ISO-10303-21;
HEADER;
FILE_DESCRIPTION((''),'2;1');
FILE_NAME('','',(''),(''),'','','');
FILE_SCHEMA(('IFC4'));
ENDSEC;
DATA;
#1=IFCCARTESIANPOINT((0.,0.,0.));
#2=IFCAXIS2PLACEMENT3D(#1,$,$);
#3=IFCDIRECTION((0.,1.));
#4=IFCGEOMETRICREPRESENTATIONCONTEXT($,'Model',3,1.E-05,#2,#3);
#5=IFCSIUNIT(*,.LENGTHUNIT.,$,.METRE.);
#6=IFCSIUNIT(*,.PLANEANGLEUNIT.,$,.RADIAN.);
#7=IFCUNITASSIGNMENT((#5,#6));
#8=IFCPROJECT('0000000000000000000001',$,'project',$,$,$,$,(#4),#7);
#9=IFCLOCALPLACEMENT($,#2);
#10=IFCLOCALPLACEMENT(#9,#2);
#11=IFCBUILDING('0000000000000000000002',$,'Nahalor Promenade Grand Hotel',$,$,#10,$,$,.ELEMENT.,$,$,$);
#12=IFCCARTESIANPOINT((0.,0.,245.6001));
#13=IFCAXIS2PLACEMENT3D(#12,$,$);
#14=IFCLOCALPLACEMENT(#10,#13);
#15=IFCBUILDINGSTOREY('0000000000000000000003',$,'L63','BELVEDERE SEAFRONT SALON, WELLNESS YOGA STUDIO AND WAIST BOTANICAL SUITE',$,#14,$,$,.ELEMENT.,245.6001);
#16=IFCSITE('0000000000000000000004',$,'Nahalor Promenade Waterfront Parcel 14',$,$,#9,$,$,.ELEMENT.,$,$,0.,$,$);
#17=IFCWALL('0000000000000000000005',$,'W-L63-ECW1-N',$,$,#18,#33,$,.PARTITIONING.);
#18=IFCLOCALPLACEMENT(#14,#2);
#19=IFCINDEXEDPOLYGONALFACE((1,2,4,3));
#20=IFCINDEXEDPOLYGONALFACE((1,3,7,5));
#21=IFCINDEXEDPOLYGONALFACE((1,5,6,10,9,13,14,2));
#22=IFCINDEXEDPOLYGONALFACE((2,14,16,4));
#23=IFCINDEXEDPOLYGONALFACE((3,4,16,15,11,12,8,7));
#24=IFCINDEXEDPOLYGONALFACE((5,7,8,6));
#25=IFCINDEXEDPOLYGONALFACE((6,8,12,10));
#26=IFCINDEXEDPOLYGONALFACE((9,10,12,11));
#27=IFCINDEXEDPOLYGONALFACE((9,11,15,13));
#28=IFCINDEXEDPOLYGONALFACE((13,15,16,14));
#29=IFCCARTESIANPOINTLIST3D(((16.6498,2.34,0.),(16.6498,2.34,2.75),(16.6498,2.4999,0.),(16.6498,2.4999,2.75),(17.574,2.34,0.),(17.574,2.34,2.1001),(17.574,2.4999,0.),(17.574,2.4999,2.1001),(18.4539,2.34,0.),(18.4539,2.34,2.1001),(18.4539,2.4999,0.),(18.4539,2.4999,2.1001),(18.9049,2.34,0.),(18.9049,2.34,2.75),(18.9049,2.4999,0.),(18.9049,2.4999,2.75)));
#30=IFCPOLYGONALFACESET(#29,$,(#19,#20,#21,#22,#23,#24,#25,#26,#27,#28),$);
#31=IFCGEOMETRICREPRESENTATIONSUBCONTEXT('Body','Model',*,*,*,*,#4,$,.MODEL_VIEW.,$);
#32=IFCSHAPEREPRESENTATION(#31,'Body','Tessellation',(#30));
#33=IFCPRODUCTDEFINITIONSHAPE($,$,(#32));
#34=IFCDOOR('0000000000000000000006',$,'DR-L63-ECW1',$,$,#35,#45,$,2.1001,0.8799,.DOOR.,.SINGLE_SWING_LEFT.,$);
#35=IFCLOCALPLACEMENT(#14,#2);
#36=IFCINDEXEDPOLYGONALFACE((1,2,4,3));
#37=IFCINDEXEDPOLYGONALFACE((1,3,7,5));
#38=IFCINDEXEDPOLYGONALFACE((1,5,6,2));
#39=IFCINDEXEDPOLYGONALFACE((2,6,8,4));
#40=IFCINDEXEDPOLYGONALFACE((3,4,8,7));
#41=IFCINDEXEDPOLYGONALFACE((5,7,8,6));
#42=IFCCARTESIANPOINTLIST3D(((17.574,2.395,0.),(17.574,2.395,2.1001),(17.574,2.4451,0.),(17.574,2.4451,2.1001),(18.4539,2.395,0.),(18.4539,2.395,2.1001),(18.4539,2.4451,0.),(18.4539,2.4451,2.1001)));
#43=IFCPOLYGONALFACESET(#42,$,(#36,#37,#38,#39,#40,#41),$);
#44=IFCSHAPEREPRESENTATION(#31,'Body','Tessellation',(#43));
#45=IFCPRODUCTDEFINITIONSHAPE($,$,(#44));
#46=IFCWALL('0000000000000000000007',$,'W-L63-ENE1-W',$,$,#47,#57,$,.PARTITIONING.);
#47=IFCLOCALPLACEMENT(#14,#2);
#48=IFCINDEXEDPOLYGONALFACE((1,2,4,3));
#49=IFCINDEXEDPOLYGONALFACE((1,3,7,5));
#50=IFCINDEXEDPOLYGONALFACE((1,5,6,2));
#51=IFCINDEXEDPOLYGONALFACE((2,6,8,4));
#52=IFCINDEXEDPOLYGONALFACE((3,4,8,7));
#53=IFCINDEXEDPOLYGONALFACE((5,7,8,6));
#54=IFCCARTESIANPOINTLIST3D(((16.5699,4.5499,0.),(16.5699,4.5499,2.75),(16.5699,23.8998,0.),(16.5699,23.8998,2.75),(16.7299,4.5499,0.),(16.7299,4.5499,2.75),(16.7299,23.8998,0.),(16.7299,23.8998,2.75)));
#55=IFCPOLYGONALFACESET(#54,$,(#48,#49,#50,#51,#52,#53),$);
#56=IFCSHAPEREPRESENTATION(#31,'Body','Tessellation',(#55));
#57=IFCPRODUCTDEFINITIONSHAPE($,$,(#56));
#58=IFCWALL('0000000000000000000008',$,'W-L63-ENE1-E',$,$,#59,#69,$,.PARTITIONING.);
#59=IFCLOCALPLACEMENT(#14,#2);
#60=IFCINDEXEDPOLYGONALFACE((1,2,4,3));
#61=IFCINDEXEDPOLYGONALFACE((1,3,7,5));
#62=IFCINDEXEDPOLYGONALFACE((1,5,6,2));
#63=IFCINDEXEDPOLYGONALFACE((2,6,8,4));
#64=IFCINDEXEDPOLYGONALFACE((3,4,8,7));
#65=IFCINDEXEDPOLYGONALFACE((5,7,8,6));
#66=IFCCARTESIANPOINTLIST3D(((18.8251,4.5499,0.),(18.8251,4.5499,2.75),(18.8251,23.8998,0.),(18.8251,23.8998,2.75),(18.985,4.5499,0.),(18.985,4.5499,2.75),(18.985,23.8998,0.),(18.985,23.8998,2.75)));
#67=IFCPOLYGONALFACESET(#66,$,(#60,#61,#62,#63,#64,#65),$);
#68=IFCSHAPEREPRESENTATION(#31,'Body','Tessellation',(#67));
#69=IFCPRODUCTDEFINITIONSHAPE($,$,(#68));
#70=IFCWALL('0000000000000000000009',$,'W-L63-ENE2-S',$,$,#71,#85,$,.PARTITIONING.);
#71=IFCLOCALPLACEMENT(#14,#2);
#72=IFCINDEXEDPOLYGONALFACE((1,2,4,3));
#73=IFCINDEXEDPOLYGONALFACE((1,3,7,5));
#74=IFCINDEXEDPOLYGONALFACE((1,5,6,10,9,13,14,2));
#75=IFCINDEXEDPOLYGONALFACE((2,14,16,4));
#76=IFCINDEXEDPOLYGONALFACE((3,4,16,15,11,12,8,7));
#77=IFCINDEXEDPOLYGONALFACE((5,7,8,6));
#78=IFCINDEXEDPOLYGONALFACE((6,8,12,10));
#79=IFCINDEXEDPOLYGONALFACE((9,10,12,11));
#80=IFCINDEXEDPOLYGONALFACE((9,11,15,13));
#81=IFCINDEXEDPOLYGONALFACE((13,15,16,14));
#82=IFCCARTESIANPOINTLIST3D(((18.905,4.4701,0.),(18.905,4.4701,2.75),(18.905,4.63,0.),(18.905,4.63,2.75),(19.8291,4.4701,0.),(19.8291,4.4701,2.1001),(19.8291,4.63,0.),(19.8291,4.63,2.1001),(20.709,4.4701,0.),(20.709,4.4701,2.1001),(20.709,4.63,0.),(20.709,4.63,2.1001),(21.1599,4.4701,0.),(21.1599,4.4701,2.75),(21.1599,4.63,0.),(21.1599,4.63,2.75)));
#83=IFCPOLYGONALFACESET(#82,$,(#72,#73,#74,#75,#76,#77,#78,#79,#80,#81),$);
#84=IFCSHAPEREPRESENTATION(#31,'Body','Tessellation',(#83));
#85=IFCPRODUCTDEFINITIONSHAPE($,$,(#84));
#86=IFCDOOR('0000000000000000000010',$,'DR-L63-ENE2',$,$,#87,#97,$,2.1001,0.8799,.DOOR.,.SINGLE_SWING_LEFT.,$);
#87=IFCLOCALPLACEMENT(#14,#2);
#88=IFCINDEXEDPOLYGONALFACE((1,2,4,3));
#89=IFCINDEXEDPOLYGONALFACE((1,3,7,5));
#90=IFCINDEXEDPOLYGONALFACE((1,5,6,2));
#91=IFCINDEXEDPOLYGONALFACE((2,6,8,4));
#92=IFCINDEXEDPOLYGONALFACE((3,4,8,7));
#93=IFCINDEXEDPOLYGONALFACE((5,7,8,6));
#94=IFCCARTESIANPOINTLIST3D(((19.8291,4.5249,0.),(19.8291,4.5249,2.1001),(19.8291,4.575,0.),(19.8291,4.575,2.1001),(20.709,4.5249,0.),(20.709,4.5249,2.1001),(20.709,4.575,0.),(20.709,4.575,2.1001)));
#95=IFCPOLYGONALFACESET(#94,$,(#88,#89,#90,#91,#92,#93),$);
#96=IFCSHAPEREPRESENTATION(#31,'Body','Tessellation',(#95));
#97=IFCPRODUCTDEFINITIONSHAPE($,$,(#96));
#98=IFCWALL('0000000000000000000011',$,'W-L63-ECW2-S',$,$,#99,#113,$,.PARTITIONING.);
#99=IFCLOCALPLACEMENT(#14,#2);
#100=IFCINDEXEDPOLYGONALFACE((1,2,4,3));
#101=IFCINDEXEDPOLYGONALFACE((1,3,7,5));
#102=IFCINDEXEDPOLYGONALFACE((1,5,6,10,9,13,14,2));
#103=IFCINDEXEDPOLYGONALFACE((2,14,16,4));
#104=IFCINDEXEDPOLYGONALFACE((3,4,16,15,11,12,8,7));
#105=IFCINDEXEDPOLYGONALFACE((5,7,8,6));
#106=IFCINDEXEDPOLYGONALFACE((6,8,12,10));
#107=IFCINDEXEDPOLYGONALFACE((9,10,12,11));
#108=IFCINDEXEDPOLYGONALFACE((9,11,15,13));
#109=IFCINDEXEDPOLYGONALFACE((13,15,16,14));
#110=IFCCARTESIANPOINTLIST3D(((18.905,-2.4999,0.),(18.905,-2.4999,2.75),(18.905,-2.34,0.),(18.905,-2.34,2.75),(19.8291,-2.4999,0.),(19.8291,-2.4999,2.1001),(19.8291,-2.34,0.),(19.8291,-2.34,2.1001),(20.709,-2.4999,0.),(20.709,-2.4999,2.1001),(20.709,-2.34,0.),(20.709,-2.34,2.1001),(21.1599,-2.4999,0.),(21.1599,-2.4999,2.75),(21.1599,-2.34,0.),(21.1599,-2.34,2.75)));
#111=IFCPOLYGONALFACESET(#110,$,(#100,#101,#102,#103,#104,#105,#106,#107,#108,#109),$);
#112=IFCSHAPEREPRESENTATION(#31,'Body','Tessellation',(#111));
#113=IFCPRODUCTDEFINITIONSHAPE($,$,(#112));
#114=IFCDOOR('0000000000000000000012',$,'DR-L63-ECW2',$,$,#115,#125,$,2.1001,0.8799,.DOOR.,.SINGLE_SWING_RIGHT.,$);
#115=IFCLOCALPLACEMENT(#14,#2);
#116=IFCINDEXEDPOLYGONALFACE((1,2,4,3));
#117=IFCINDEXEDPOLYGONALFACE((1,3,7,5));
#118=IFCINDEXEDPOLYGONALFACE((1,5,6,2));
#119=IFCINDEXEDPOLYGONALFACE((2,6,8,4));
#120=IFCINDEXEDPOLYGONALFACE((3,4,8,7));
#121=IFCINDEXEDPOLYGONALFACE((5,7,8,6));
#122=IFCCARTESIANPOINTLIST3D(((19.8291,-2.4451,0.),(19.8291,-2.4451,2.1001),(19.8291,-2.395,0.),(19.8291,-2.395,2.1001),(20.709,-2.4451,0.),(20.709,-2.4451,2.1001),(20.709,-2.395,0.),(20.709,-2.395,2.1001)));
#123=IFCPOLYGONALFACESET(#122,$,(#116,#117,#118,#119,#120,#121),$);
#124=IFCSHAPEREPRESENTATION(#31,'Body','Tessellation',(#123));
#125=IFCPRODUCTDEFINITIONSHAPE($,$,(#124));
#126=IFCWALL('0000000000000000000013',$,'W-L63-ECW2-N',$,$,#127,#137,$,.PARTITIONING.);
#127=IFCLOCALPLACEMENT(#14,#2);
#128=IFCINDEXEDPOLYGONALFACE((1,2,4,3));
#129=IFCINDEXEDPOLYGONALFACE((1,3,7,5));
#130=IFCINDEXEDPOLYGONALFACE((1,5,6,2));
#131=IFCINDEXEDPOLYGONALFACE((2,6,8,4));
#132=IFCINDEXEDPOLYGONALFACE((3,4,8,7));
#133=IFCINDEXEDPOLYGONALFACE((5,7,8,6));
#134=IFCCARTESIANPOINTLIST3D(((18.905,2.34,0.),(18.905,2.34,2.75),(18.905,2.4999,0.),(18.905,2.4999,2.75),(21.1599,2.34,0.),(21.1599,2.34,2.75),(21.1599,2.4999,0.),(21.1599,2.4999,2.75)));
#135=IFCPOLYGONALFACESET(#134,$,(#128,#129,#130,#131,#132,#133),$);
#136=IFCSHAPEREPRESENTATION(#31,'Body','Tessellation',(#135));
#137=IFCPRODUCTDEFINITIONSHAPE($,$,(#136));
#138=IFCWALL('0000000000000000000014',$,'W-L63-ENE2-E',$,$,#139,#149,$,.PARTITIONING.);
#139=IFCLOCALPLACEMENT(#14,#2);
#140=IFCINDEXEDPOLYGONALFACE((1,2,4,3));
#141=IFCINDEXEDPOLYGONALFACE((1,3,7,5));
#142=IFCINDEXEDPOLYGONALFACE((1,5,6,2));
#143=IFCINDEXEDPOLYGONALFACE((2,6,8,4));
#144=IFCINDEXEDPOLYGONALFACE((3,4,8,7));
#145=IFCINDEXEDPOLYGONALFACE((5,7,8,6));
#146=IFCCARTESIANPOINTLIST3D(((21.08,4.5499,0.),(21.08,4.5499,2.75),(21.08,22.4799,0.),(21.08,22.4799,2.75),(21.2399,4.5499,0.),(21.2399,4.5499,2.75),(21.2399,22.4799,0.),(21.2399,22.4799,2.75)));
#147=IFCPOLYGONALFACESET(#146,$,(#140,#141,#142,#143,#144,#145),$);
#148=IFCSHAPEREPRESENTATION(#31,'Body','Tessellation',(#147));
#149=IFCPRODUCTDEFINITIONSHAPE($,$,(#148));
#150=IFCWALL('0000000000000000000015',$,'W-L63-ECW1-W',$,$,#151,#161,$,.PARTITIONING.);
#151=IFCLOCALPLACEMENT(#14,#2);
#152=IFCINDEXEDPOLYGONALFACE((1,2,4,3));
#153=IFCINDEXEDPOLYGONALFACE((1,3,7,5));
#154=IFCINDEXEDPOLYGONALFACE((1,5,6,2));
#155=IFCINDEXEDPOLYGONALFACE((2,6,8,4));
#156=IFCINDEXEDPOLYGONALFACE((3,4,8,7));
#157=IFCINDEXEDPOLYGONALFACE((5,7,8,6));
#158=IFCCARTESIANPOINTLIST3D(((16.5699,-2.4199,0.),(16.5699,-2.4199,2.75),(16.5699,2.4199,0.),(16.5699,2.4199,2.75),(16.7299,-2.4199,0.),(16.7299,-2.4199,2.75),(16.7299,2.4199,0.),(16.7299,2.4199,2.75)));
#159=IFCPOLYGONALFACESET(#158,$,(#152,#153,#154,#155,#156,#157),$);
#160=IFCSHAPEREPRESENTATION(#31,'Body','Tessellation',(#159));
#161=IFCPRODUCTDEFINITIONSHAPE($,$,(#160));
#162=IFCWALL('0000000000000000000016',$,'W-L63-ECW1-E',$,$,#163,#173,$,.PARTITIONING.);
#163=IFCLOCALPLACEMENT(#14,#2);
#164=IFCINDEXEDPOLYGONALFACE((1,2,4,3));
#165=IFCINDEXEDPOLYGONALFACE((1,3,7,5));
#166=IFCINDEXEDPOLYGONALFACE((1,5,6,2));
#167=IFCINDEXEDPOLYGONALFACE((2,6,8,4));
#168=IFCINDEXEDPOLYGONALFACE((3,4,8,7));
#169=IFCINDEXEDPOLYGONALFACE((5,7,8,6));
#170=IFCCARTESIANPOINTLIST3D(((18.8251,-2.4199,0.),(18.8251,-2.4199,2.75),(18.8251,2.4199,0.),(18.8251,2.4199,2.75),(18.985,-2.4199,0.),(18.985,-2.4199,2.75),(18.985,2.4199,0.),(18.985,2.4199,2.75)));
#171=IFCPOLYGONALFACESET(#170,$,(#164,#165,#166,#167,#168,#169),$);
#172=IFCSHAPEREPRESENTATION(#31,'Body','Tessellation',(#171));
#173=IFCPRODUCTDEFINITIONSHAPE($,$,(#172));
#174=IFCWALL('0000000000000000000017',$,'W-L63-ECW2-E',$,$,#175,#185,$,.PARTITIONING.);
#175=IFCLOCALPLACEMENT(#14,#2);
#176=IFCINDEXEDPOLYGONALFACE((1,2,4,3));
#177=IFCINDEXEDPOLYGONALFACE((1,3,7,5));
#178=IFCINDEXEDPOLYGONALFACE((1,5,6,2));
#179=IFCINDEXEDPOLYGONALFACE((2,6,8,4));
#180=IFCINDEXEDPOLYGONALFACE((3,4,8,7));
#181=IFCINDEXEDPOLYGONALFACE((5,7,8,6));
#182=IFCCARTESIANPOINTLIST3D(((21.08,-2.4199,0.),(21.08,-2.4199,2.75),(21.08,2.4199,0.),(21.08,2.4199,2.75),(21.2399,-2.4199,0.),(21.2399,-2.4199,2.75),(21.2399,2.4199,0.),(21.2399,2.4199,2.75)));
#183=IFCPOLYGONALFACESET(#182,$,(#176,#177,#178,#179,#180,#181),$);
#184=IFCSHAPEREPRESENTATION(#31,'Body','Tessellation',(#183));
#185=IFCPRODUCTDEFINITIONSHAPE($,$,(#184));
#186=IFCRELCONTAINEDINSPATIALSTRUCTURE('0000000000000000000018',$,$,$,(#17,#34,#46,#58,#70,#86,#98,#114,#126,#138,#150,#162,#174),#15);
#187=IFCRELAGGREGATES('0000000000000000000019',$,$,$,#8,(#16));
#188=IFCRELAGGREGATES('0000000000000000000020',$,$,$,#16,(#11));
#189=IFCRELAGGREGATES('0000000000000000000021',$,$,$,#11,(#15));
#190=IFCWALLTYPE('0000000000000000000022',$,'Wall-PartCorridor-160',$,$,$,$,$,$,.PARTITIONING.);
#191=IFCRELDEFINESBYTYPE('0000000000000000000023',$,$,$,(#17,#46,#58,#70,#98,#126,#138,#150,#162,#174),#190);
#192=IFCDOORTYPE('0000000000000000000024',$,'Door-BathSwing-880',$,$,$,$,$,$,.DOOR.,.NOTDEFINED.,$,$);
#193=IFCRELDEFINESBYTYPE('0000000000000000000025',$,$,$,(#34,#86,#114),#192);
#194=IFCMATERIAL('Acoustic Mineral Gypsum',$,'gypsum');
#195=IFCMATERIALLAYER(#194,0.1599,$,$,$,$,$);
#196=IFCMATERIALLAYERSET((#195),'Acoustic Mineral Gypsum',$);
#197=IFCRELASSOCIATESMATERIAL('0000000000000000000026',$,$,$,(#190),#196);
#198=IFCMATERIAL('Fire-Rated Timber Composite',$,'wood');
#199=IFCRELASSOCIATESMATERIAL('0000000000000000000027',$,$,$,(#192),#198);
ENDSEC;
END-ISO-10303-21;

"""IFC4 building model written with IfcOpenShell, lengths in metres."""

from ifc_helpers import new_model, si_unit, direction, frame, frame_2d, origin, place, context, subcontext, project, spatial, rectangle, extrude, source, transform, mapped, material, layer, layer_set, type_object, element, fill, save


model = new_model("IFC4")

# Units and contexts
model_context = context("Model", 3, precision=1e-05, world=origin(), true_north=direction((0.0, 1.0)))
body_context = subcontext(model_context, "Body", "Model", "MODEL_VIEW")
ifc_project = project(units=[si_unit("LENGTHUNIT", "METRE"), si_unit("PLANEANGLEUNIT", "RADIAN")], contexts=[model_context])

# Site, building, storey
site_placement = place(None, origin())
site = spatial("IfcSite", under=ifc_project, at=site_placement, Name="Nahalor Promenade Waterfront Parcel 14", CompositionType="ELEMENT", RefElevation=0.0)
building_placement = place(site_placement, origin())
building = spatial("IfcBuilding", under=site, at=building_placement, Name="Nahalor Promenade Grand Hotel", CompositionType="ELEMENT")
storey_placement = place(building_placement, frame((0.0, 0.0, 245.6001)))
storey = spatial("IfcBuildingStorey", under=building, at=storey_placement, Name="L63", Description="BELVEDERE SEAFRONT SALON, WELLNESS YOGA STUDIO AND WAIST BOTANICAL SUITE", CompositionType="ELEMENT", Elevation=245.6001)

# Wall, opening, door
ifc_material_1 = material(Name="Acoustic Mineral Gypsum", Category="gypsum")
ifc_layer_1 = layer(ifc_material_1, 0.1599)
ifc_layer_set_1 = layer_set([ifc_layer_1], Name="Acoustic Mineral Gypsum")
wall_type = type_object("IfcWallType", Name="Wall-PartCorridor-160", PredefinedType="PARTITIONING", material=ifc_layer_set_1)
shared_shape_1 = source(origin(), body_context, "Body", "SweptSolid", [
    extrude(rectangle(XDim=2.2551, YDim=0.1599, at=frame_2d((1.1274, 0.0))), origin(), (0.0, 0.0, 1.0), 2.75),
])
ifc_material_2 = material(Name="Fire-Rated Timber Composite", Category="wood")
door_type = type_object("IfcDoorType", Name="Door-BathSwing-880", OperationType="NOTDEFINED", PredefinedType="DOOR", material=ifc_material_2)
shared_shape_2 = source(origin(), body_context, "Body", "SweptSolid", [
    extrude(rectangle(XDim=0.8799, YDim=2.1001, at=frame_2d((0.4399, 1.05))), frame((0.0, 0.0249, 0.0), z_axis=(0.0, -1.0, 0.0), x_axis=(1.0, 0.0, 0.0)), (0.0, 0.0, 1.0), 0.05),
])
wall_1_placement = place(storey_placement, frame((16.6499, 2.4199, 0.0), z_axis=(0.0, 0.0, 1.0), x_axis=(1.0, 0.0, 0.0)))
wall_1 = element("IfcWall", 1, at=wall_1_placement, inside=storey, type_object=wall_type, Name="W-L63-ECW1-N", PredefinedType="PARTITIONING", context=body_context, shape_type="MappedRepresentation", body=[
    mapped(shared_shape_1, transform((0.0, 0.0, 0.0), scale=1.0)),
])
opening_1_placement = place(wall_1_placement, frame((0.9241, 0.0, 0.0)))
opening_1 = element("IfcOpeningElement", 2, at=opening_1_placement, cuts=wall_1, PredefinedType="OPENING", context=body_context, shape_type="SweptSolid", body=[
    extrude(rectangle(XDim=0.8799, YDim=2.1001, at=frame_2d((0.4399, 1.05))), frame((0.0, 0.0898, 0.0), z_axis=(0.0, -1.0, 0.0), x_axis=(1.0, 0.0, 0.0)), (0.0, 0.0, 1.0), 0.1799),
])
door_1_placement = place(opening_1_placement, frame((0.8799, 0.0, 0.0), z_axis=(0.0, 0.0, 1.0), x_axis=(-1.0, 0.0, 0.0)))
door_1 = element("IfcDoor", 3, at=door_1_placement, inside=storey, type_object=door_type, Name="DR-L63-ECW1", OperationType="SINGLE_SWING_LEFT", OverallHeight=2.1001, OverallWidth=0.8799, PredefinedType="DOOR", context=body_context, shape_type="MappedRepresentation", body=[
    mapped(shared_shape_2, transform((0.0, 0.0, 0.0), scale=1.0)),
])
fill(opening_1, door_1)

# Walls
shared_shape_3 = source(origin(), body_context, "Body", "SweptSolid", [
    extrude(rectangle(XDim=19.3499, YDim=0.1599, at=frame_2d((9.6748, 0.0))), origin(), (0.0, 0.0, 1.0), 2.75),
])
for number, where, z_axis, x_axis, name in (
    (4, (16.6499, 4.55, 0.0), (0.0, 0.0, 1.0), (0.0, 1.0, 0.0), "W-L63-ENE1-W"),
    (5, (18.905, 4.55, 0.0), (0.0, 0.0, 1.0), (0.0, 1.0, 0.0), "W-L63-ENE1-E"),
):
    element("IfcWall", number, at=place(storey_placement, frame(where, z_axis=z_axis, x_axis=x_axis)), inside=storey, type_object=wall_type, Name=name, PredefinedType="PARTITIONING", context=body_context, shape_type="MappedRepresentation", body=[
        mapped(shared_shape_3, transform((0.0, 0.0, 0.0), scale=1.0)),
    ])

# Walls, openings, doors
shared_shape_4 = source(origin(), body_context, "Body", "SweptSolid", [
    extrude(rectangle(XDim=2.2549, YDim=0.1599, at=frame_2d((1.1274, 0.0))), origin(), (0.0, 0.0, 1.0), 2.75),
])
wall_2_placement = place(storey_placement, frame((18.905, 4.55, 0.0), z_axis=(0.0, 0.0, 1.0), x_axis=(1.0, 0.0, 0.0)))
wall_2 = element("IfcWall", 6, at=wall_2_placement, inside=storey, type_object=wall_type, Name="W-L63-ENE2-S", PredefinedType="PARTITIONING", context=body_context, shape_type="MappedRepresentation", body=[
    mapped(shared_shape_4, transform((0.0, 0.0, 0.0), scale=1.0)),
])
opening_2_placement = place(wall_2_placement, frame((0.9241, 0.0, 0.0)))
opening_2 = element("IfcOpeningElement", 7, at=opening_2_placement, cuts=wall_2, PredefinedType="OPENING", context=body_context, shape_type="SweptSolid", body=[
    extrude(rectangle(XDim=0.8799, YDim=2.1001, at=frame_2d((0.4399, 1.05))), frame((0.0, 0.0898, 0.0), z_axis=(0.0, -1.0, 0.0), x_axis=(1.0, 0.0, 0.0)), (0.0, 0.0, 1.0), 0.1799),
])
door_2_placement = place(opening_2_placement, origin())
door_2 = element("IfcDoor", 8, at=door_2_placement, inside=storey, type_object=door_type, Name="DR-L63-ENE2", OperationType="SINGLE_SWING_LEFT", OverallHeight=2.1001, OverallWidth=0.8799, PredefinedType="DOOR", context=body_context, shape_type="MappedRepresentation", body=[
    mapped(shared_shape_2, transform((0.0, 0.0, 0.0), scale=1.0)),
])
fill(opening_2, door_2)
wall_3_placement = place(storey_placement, frame((18.905, -2.4199, 0.0), z_axis=(0.0, 0.0, 1.0), x_axis=(1.0, 0.0, 0.0)))
wall_3 = element("IfcWall", 9, at=wall_3_placement, inside=storey, type_object=wall_type, Name="W-L63-ECW2-S", PredefinedType="PARTITIONING", context=body_context, shape_type="MappedRepresentation", body=[
    mapped(shared_shape_4, transform((0.0, 0.0, 0.0), scale=1.0)),
])
opening_3_placement = place(wall_3_placement, frame((0.9241, 0.0, 0.0)))
opening_3 = element("IfcOpeningElement", 10, at=opening_3_placement, cuts=wall_3, PredefinedType="OPENING", context=body_context, shape_type="SweptSolid", body=[
    extrude(rectangle(XDim=0.8799, YDim=2.1001, at=frame_2d((0.4399, 1.05))), frame((0.0, 0.0898, 0.0), z_axis=(0.0, -1.0, 0.0), x_axis=(1.0, 0.0, 0.0)), (0.0, 0.0, 1.0), 0.1799),
])
door_3_placement = place(opening_3_placement, origin())
door_3 = element("IfcDoor", 11, at=door_3_placement, inside=storey, type_object=door_type, Name="DR-L63-ECW2", OperationType="SINGLE_SWING_RIGHT", OverallHeight=2.1001, OverallWidth=0.8799, PredefinedType="DOOR", context=body_context, shape_type="MappedRepresentation", body=[
    mapped(shared_shape_2, transform((0.0, 0.0, 0.0), scale=1.0)),
])
fill(opening_3, door_3)

# Walls
wall_4_placement = place(storey_placement, frame((18.905, 2.4199, 0.0), z_axis=(0.0, 0.0, 1.0), x_axis=(1.0, 0.0, 0.0)))
element("IfcWall", 12, at=wall_4_placement, inside=storey, type_object=wall_type, Name="W-L63-ECW2-N", PredefinedType="PARTITIONING", context=body_context, shape_type="MappedRepresentation", body=[
    mapped(shared_shape_4, transform((0.0, 0.0, 0.0), scale=1.0)),
])
shared_shape_5 = source(origin(), body_context, "Body", "SweptSolid", [
    extrude(rectangle(XDim=17.9299, YDim=0.1599, at=frame_2d((8.9648, 0.0))), origin(), (0.0, 0.0, 1.0), 2.75),
])
wall_5_placement = place(storey_placement, frame((21.1599, 4.55, 0.0), z_axis=(0.0, 0.0, 1.0), x_axis=(0.0, 1.0, 0.0)))
element("IfcWall", 13, at=wall_5_placement, inside=storey, type_object=wall_type, Name="W-L63-ENE2-E", PredefinedType="PARTITIONING", context=body_context, shape_type="MappedRepresentation", body=[
    mapped(shared_shape_5, transform((0.0, 0.0, 0.0), scale=1.0)),
])
shared_shape_6 = source(origin(), body_context, "Body", "SweptSolid", [
    extrude(rectangle(XDim=4.8398, YDim=0.1599, at=frame_2d((2.4199, 0.0))), origin(), (0.0, 0.0, 1.0), 2.75),
])
for number, where, z_axis, x_axis, name in (
    (14, (16.6499, -2.4199, 0.0), (0.0, 0.0, 1.0), (0.0, 1.0, 0.0), "W-L63-ECW1-W"),
    (15, (18.905, -2.4199, 0.0), (0.0, 0.0, 1.0), (0.0, 1.0, 0.0), "W-L63-ECW1-E"),
    (16, (21.1599, -2.4199, 0.0), (0.0, 0.0, 1.0), (0.0, 1.0, 0.0), "W-L63-ECW2-E"),
):
    element("IfcWall", number, at=place(storey_placement, frame(where, z_axis=z_axis, x_axis=x_axis)), inside=storey, type_object=wall_type, Name=name, PredefinedType="PARTITIONING", context=body_context, shape_type="MappedRepresentation", body=[
        mapped(shared_shape_6, transform((0.0, 0.0, 0.0), scale=1.0)),
    ])

save(model, "model.ifc")
